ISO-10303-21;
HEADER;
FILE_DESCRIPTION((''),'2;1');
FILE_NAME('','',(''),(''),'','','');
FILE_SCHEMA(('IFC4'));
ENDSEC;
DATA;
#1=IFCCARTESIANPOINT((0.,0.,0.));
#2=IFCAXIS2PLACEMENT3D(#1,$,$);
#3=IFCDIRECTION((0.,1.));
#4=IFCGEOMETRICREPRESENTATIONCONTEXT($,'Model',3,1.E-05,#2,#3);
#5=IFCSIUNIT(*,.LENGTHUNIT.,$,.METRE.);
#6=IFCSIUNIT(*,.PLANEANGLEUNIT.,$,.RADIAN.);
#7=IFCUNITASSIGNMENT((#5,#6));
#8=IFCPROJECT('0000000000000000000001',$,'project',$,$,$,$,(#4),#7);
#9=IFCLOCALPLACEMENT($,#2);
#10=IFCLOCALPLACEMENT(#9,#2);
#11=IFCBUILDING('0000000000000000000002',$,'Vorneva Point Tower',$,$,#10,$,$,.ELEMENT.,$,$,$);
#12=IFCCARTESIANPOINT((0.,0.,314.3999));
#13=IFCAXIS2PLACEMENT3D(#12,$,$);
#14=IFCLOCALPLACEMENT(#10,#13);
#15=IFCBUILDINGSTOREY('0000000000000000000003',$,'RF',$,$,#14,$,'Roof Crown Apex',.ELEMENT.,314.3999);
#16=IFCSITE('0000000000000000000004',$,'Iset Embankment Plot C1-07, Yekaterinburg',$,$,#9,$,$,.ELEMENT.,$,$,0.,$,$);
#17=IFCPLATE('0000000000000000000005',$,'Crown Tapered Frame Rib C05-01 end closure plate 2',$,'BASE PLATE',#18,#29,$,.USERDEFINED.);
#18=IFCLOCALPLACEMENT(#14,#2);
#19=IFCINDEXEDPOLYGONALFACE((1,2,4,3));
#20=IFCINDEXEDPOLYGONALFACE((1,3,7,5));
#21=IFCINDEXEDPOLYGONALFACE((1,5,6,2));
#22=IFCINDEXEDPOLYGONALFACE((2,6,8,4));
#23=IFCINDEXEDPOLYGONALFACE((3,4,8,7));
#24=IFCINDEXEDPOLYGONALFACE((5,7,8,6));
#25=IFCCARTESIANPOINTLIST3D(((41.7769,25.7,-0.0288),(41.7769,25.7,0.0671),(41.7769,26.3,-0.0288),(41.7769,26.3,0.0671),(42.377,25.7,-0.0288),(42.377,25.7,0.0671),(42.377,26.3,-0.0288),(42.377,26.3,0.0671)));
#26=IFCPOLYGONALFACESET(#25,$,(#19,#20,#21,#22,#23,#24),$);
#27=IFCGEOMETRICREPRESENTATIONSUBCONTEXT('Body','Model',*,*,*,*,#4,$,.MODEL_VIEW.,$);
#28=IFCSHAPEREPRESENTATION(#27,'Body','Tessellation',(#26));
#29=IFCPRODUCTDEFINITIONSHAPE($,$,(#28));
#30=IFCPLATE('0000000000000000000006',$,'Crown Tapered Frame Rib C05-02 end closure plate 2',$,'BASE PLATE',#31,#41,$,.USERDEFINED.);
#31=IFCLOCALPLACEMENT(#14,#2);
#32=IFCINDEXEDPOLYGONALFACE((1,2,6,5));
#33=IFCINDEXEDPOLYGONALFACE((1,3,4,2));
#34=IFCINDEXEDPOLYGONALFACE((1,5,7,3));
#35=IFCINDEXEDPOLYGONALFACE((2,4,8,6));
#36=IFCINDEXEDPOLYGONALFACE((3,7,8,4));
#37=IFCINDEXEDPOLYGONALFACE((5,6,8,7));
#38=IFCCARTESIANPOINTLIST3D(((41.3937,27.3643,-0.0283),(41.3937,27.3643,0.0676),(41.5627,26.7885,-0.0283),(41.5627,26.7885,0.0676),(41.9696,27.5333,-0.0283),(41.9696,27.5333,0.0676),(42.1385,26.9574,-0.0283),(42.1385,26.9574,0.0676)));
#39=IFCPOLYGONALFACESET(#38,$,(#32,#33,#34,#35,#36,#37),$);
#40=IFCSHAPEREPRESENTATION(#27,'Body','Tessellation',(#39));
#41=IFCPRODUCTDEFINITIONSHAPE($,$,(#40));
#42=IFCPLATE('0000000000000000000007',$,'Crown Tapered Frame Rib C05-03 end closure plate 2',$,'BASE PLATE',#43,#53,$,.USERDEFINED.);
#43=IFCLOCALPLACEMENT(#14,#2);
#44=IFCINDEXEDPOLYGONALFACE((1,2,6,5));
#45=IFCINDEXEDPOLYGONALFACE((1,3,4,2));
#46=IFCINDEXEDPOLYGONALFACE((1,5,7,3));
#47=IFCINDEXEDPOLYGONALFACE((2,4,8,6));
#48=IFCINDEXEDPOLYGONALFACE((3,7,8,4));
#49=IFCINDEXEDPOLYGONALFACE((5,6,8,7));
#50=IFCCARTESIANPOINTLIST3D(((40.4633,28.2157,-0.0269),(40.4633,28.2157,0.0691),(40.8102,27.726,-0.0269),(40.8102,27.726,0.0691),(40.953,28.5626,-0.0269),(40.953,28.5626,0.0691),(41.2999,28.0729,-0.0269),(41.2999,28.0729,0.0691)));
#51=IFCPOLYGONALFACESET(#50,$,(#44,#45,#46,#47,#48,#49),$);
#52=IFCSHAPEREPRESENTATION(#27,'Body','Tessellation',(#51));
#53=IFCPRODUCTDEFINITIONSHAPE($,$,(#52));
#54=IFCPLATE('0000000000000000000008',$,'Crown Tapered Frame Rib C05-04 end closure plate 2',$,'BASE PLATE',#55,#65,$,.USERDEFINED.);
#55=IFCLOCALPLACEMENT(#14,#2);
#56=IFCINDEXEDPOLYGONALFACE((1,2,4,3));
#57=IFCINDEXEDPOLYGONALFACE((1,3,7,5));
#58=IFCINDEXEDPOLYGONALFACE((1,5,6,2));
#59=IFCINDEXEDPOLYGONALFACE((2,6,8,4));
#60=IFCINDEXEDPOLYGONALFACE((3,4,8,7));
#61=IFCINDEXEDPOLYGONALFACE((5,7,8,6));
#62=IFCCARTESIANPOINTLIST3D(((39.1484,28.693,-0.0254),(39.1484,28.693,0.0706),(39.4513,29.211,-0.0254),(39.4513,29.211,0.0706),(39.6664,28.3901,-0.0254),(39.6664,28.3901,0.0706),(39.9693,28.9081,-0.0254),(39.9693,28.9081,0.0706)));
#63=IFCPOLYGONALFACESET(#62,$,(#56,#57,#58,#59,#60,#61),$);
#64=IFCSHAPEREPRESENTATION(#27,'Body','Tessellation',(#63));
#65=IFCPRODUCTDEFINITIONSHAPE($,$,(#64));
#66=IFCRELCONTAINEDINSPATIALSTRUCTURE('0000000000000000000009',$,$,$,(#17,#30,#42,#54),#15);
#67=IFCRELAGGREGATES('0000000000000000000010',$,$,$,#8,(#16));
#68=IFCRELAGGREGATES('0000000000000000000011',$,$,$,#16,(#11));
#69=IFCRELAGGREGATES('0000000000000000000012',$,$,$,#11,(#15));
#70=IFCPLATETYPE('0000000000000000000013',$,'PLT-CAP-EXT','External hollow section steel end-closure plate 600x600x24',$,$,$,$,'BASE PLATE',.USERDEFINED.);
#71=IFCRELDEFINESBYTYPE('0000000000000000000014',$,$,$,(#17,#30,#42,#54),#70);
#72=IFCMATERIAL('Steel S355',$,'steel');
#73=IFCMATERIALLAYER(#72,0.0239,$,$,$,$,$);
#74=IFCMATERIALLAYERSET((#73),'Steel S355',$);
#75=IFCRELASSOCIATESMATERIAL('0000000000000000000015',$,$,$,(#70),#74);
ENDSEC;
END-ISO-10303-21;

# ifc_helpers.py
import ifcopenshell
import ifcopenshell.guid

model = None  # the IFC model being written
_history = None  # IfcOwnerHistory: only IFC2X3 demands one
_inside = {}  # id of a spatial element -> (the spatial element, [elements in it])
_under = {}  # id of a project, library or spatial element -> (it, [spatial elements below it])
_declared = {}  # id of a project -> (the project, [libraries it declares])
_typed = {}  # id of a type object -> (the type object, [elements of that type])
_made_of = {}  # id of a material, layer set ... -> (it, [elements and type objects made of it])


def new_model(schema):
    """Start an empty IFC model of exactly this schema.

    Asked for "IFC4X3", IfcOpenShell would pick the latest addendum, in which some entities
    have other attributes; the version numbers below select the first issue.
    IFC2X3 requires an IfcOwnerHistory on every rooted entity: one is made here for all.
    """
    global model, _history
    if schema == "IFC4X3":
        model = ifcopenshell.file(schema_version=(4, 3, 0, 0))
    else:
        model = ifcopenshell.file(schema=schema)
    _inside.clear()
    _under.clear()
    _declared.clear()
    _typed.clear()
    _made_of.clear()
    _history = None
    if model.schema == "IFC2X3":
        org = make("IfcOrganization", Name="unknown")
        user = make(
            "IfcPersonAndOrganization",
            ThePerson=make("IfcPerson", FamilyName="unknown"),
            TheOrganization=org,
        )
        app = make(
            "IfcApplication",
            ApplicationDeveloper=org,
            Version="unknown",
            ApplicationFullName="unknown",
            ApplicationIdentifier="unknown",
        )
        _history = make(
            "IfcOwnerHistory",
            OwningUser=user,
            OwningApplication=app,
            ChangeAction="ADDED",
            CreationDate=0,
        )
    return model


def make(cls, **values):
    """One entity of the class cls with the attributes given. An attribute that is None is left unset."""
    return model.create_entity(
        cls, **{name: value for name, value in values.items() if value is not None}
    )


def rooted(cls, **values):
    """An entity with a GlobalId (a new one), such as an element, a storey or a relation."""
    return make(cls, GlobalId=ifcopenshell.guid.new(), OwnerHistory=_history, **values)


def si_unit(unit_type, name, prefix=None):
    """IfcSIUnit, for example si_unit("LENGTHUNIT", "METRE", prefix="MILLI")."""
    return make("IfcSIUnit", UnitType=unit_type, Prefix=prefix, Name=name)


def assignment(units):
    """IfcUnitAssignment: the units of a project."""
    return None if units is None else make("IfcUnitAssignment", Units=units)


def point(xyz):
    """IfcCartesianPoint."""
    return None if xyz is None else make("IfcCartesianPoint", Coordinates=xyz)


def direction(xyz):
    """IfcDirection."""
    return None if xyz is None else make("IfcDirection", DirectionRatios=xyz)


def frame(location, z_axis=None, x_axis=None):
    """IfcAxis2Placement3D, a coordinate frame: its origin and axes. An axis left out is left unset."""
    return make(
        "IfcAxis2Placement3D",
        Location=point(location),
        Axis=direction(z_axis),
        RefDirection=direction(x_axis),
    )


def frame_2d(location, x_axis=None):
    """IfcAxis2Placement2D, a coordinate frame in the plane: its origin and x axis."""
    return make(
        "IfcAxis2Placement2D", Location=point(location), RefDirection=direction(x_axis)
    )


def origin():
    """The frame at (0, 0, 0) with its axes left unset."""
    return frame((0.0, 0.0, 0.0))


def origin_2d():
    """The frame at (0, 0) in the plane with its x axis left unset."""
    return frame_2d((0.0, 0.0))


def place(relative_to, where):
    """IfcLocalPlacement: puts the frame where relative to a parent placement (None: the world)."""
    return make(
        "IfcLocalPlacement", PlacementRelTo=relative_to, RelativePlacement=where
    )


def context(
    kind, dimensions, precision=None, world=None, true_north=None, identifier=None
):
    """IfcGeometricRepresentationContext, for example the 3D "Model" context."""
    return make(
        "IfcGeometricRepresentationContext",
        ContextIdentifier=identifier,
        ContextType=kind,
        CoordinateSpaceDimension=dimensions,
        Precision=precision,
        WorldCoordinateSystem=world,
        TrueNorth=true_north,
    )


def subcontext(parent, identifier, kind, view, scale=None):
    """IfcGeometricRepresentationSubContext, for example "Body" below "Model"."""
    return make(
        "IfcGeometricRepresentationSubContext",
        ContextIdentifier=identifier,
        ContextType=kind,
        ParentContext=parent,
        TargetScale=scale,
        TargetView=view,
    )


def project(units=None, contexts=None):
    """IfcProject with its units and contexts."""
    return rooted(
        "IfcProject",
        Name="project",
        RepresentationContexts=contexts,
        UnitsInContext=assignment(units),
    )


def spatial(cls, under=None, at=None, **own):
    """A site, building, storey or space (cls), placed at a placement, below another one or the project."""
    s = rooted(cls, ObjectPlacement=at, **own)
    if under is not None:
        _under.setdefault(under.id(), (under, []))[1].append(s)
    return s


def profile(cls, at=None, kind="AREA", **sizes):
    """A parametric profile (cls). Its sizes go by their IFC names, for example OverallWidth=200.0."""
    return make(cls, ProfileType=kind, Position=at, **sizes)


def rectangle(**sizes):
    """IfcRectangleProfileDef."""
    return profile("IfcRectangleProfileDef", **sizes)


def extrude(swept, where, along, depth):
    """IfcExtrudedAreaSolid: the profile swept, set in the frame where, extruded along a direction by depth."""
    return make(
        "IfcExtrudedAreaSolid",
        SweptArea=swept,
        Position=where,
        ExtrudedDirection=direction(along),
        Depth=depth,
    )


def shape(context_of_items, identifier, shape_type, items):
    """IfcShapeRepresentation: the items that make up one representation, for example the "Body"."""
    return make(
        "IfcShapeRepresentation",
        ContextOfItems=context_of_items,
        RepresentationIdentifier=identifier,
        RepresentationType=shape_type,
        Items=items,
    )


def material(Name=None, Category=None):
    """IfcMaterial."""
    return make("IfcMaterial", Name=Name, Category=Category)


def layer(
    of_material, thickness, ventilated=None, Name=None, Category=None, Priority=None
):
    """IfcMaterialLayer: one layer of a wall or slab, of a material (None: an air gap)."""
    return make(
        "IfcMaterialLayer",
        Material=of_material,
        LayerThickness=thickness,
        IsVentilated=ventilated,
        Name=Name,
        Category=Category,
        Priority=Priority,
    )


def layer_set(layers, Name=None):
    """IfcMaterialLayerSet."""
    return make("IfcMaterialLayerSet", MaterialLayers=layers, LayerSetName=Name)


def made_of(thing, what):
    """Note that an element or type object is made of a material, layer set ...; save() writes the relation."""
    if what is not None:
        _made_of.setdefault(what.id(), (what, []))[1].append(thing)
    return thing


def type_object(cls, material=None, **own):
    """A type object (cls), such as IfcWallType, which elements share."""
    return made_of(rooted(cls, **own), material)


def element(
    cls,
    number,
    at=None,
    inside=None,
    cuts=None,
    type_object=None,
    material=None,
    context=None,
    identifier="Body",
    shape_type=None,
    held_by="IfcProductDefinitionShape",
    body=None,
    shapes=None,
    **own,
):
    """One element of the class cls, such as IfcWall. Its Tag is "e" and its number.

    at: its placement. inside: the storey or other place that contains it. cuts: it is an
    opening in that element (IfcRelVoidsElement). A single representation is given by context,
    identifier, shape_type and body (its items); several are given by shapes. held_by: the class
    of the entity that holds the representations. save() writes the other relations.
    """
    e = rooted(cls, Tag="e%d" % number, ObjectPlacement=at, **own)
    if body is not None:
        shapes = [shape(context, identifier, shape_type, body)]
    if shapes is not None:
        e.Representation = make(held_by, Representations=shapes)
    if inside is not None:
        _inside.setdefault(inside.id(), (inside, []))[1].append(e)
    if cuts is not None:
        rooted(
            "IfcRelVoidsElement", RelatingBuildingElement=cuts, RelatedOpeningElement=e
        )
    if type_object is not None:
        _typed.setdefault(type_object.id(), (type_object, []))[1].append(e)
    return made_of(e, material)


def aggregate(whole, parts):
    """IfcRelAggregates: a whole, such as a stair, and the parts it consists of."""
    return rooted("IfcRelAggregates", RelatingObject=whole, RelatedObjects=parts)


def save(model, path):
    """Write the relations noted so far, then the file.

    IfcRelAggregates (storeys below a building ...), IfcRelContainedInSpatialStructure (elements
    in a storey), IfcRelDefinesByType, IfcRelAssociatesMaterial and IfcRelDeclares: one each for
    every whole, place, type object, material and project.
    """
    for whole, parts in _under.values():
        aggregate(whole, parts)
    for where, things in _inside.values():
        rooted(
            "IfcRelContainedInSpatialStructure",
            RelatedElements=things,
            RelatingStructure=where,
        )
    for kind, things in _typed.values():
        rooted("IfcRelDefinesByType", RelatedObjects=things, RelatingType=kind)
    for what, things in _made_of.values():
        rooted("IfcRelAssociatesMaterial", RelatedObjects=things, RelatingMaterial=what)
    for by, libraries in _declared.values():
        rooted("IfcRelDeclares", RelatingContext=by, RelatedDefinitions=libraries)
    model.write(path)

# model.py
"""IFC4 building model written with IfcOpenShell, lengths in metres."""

from ifc_helpers import new_model, si_unit, direction, frame, origin, origin_2d, place, context, subcontext, project, spatial, rectangle, extrude, material, layer, layer_set, type_object, element, save


model = new_model("IFC4")

# Units and contexts
model_context = context("Model", 3, precision=1e-05, world=origin(), true_north=direction((0.0, 1.0)))
body_context = subcontext(model_context, "Body", "Model", "MODEL_VIEW")
ifc_project = project(units=[si_unit("LENGTHUNIT", "METRE"), si_unit("PLANEANGLEUNIT", "RADIAN")], contexts=[model_context])

# Site, building, storey
site_placement = place(None, origin())
site = spatial("IfcSite", under=ifc_project, at=site_placement, Name="Iset Embankment Plot C1-07, Yekaterinburg", CompositionType="ELEMENT", RefElevation=0.0)
building_placement = place(site_placement, origin())
building = spatial("IfcBuilding", under=site, at=building_placement, Name="Vorneva Point Tower", CompositionType="ELEMENT")
storey_placement = place(building_placement, frame((0.0, 0.0, 314.3999)))
storey = spatial("IfcBuildingStorey", under=building, at=storey_placement, Name="RF", LongName="Roof Crown Apex", CompositionType="ELEMENT", Elevation=314.3999)

# Shared definitions
ifc_material_1 = material(Name="Steel S355", Category="steel")

# Plates
ifc_layer_1 = layer(ifc_material_1, 0.0239)
ifc_layer_set_1 = layer_set([ifc_layer_1], Name="Steel S355")
plate_type_1 = type_object("IfcPlateType", Name="PLT-CAP-EXT", Description="External hollow section steel end-closure plate 600x600x24", ElementType="BASE PLATE", PredefinedType="USERDEFINED", material=ifc_layer_set_1)
for number, where, z_axis, x_axis, name in (
    (1, (42.0769, 26.0, -0.0288), (0.0, 0.0, 1.0), (-1.0, 0.0, 0.0), "Crown Tapered Frame Rib C05-01 end closure plate 2"),
    (2, (41.7661, 27.1609, -0.0283), (0.0, 0.0, 1.0), (-0.959555, -0.281521, 0.0), "Crown Tapered Frame Rib C05-02 end closure plate 2"),
    (3, (40.8816, 28.1443, -0.0269), (0.0, 0.0, 1.0), (-0.816047, -0.577986, 0.0), "Crown Tapered Frame Rib C05-03 end closure plate 2"),
    (4, (39.5588, 28.8005, -0.0254), (0.0, 0.0, 1.0), (-0.504844, -0.863211, 0.0), "Crown Tapered Frame Rib C05-04 end closure plate 2"),
):
    element("IfcPlate", number, at=place(storey_placement, frame(where, z_axis=z_axis, x_axis=x_axis)), inside=storey, type_object=plate_type_1, Name=name, ObjectType="BASE PLATE", PredefinedType="USERDEFINED", context=body_context, shape_type="SweptSolid", body=[
        extrude(rectangle(XDim=0.6001, YDim=0.6001, at=origin_2d()), origin(), (0.0, 0.0, 1.0), 0.0959),
    ])

save(model, "model.ifc")
